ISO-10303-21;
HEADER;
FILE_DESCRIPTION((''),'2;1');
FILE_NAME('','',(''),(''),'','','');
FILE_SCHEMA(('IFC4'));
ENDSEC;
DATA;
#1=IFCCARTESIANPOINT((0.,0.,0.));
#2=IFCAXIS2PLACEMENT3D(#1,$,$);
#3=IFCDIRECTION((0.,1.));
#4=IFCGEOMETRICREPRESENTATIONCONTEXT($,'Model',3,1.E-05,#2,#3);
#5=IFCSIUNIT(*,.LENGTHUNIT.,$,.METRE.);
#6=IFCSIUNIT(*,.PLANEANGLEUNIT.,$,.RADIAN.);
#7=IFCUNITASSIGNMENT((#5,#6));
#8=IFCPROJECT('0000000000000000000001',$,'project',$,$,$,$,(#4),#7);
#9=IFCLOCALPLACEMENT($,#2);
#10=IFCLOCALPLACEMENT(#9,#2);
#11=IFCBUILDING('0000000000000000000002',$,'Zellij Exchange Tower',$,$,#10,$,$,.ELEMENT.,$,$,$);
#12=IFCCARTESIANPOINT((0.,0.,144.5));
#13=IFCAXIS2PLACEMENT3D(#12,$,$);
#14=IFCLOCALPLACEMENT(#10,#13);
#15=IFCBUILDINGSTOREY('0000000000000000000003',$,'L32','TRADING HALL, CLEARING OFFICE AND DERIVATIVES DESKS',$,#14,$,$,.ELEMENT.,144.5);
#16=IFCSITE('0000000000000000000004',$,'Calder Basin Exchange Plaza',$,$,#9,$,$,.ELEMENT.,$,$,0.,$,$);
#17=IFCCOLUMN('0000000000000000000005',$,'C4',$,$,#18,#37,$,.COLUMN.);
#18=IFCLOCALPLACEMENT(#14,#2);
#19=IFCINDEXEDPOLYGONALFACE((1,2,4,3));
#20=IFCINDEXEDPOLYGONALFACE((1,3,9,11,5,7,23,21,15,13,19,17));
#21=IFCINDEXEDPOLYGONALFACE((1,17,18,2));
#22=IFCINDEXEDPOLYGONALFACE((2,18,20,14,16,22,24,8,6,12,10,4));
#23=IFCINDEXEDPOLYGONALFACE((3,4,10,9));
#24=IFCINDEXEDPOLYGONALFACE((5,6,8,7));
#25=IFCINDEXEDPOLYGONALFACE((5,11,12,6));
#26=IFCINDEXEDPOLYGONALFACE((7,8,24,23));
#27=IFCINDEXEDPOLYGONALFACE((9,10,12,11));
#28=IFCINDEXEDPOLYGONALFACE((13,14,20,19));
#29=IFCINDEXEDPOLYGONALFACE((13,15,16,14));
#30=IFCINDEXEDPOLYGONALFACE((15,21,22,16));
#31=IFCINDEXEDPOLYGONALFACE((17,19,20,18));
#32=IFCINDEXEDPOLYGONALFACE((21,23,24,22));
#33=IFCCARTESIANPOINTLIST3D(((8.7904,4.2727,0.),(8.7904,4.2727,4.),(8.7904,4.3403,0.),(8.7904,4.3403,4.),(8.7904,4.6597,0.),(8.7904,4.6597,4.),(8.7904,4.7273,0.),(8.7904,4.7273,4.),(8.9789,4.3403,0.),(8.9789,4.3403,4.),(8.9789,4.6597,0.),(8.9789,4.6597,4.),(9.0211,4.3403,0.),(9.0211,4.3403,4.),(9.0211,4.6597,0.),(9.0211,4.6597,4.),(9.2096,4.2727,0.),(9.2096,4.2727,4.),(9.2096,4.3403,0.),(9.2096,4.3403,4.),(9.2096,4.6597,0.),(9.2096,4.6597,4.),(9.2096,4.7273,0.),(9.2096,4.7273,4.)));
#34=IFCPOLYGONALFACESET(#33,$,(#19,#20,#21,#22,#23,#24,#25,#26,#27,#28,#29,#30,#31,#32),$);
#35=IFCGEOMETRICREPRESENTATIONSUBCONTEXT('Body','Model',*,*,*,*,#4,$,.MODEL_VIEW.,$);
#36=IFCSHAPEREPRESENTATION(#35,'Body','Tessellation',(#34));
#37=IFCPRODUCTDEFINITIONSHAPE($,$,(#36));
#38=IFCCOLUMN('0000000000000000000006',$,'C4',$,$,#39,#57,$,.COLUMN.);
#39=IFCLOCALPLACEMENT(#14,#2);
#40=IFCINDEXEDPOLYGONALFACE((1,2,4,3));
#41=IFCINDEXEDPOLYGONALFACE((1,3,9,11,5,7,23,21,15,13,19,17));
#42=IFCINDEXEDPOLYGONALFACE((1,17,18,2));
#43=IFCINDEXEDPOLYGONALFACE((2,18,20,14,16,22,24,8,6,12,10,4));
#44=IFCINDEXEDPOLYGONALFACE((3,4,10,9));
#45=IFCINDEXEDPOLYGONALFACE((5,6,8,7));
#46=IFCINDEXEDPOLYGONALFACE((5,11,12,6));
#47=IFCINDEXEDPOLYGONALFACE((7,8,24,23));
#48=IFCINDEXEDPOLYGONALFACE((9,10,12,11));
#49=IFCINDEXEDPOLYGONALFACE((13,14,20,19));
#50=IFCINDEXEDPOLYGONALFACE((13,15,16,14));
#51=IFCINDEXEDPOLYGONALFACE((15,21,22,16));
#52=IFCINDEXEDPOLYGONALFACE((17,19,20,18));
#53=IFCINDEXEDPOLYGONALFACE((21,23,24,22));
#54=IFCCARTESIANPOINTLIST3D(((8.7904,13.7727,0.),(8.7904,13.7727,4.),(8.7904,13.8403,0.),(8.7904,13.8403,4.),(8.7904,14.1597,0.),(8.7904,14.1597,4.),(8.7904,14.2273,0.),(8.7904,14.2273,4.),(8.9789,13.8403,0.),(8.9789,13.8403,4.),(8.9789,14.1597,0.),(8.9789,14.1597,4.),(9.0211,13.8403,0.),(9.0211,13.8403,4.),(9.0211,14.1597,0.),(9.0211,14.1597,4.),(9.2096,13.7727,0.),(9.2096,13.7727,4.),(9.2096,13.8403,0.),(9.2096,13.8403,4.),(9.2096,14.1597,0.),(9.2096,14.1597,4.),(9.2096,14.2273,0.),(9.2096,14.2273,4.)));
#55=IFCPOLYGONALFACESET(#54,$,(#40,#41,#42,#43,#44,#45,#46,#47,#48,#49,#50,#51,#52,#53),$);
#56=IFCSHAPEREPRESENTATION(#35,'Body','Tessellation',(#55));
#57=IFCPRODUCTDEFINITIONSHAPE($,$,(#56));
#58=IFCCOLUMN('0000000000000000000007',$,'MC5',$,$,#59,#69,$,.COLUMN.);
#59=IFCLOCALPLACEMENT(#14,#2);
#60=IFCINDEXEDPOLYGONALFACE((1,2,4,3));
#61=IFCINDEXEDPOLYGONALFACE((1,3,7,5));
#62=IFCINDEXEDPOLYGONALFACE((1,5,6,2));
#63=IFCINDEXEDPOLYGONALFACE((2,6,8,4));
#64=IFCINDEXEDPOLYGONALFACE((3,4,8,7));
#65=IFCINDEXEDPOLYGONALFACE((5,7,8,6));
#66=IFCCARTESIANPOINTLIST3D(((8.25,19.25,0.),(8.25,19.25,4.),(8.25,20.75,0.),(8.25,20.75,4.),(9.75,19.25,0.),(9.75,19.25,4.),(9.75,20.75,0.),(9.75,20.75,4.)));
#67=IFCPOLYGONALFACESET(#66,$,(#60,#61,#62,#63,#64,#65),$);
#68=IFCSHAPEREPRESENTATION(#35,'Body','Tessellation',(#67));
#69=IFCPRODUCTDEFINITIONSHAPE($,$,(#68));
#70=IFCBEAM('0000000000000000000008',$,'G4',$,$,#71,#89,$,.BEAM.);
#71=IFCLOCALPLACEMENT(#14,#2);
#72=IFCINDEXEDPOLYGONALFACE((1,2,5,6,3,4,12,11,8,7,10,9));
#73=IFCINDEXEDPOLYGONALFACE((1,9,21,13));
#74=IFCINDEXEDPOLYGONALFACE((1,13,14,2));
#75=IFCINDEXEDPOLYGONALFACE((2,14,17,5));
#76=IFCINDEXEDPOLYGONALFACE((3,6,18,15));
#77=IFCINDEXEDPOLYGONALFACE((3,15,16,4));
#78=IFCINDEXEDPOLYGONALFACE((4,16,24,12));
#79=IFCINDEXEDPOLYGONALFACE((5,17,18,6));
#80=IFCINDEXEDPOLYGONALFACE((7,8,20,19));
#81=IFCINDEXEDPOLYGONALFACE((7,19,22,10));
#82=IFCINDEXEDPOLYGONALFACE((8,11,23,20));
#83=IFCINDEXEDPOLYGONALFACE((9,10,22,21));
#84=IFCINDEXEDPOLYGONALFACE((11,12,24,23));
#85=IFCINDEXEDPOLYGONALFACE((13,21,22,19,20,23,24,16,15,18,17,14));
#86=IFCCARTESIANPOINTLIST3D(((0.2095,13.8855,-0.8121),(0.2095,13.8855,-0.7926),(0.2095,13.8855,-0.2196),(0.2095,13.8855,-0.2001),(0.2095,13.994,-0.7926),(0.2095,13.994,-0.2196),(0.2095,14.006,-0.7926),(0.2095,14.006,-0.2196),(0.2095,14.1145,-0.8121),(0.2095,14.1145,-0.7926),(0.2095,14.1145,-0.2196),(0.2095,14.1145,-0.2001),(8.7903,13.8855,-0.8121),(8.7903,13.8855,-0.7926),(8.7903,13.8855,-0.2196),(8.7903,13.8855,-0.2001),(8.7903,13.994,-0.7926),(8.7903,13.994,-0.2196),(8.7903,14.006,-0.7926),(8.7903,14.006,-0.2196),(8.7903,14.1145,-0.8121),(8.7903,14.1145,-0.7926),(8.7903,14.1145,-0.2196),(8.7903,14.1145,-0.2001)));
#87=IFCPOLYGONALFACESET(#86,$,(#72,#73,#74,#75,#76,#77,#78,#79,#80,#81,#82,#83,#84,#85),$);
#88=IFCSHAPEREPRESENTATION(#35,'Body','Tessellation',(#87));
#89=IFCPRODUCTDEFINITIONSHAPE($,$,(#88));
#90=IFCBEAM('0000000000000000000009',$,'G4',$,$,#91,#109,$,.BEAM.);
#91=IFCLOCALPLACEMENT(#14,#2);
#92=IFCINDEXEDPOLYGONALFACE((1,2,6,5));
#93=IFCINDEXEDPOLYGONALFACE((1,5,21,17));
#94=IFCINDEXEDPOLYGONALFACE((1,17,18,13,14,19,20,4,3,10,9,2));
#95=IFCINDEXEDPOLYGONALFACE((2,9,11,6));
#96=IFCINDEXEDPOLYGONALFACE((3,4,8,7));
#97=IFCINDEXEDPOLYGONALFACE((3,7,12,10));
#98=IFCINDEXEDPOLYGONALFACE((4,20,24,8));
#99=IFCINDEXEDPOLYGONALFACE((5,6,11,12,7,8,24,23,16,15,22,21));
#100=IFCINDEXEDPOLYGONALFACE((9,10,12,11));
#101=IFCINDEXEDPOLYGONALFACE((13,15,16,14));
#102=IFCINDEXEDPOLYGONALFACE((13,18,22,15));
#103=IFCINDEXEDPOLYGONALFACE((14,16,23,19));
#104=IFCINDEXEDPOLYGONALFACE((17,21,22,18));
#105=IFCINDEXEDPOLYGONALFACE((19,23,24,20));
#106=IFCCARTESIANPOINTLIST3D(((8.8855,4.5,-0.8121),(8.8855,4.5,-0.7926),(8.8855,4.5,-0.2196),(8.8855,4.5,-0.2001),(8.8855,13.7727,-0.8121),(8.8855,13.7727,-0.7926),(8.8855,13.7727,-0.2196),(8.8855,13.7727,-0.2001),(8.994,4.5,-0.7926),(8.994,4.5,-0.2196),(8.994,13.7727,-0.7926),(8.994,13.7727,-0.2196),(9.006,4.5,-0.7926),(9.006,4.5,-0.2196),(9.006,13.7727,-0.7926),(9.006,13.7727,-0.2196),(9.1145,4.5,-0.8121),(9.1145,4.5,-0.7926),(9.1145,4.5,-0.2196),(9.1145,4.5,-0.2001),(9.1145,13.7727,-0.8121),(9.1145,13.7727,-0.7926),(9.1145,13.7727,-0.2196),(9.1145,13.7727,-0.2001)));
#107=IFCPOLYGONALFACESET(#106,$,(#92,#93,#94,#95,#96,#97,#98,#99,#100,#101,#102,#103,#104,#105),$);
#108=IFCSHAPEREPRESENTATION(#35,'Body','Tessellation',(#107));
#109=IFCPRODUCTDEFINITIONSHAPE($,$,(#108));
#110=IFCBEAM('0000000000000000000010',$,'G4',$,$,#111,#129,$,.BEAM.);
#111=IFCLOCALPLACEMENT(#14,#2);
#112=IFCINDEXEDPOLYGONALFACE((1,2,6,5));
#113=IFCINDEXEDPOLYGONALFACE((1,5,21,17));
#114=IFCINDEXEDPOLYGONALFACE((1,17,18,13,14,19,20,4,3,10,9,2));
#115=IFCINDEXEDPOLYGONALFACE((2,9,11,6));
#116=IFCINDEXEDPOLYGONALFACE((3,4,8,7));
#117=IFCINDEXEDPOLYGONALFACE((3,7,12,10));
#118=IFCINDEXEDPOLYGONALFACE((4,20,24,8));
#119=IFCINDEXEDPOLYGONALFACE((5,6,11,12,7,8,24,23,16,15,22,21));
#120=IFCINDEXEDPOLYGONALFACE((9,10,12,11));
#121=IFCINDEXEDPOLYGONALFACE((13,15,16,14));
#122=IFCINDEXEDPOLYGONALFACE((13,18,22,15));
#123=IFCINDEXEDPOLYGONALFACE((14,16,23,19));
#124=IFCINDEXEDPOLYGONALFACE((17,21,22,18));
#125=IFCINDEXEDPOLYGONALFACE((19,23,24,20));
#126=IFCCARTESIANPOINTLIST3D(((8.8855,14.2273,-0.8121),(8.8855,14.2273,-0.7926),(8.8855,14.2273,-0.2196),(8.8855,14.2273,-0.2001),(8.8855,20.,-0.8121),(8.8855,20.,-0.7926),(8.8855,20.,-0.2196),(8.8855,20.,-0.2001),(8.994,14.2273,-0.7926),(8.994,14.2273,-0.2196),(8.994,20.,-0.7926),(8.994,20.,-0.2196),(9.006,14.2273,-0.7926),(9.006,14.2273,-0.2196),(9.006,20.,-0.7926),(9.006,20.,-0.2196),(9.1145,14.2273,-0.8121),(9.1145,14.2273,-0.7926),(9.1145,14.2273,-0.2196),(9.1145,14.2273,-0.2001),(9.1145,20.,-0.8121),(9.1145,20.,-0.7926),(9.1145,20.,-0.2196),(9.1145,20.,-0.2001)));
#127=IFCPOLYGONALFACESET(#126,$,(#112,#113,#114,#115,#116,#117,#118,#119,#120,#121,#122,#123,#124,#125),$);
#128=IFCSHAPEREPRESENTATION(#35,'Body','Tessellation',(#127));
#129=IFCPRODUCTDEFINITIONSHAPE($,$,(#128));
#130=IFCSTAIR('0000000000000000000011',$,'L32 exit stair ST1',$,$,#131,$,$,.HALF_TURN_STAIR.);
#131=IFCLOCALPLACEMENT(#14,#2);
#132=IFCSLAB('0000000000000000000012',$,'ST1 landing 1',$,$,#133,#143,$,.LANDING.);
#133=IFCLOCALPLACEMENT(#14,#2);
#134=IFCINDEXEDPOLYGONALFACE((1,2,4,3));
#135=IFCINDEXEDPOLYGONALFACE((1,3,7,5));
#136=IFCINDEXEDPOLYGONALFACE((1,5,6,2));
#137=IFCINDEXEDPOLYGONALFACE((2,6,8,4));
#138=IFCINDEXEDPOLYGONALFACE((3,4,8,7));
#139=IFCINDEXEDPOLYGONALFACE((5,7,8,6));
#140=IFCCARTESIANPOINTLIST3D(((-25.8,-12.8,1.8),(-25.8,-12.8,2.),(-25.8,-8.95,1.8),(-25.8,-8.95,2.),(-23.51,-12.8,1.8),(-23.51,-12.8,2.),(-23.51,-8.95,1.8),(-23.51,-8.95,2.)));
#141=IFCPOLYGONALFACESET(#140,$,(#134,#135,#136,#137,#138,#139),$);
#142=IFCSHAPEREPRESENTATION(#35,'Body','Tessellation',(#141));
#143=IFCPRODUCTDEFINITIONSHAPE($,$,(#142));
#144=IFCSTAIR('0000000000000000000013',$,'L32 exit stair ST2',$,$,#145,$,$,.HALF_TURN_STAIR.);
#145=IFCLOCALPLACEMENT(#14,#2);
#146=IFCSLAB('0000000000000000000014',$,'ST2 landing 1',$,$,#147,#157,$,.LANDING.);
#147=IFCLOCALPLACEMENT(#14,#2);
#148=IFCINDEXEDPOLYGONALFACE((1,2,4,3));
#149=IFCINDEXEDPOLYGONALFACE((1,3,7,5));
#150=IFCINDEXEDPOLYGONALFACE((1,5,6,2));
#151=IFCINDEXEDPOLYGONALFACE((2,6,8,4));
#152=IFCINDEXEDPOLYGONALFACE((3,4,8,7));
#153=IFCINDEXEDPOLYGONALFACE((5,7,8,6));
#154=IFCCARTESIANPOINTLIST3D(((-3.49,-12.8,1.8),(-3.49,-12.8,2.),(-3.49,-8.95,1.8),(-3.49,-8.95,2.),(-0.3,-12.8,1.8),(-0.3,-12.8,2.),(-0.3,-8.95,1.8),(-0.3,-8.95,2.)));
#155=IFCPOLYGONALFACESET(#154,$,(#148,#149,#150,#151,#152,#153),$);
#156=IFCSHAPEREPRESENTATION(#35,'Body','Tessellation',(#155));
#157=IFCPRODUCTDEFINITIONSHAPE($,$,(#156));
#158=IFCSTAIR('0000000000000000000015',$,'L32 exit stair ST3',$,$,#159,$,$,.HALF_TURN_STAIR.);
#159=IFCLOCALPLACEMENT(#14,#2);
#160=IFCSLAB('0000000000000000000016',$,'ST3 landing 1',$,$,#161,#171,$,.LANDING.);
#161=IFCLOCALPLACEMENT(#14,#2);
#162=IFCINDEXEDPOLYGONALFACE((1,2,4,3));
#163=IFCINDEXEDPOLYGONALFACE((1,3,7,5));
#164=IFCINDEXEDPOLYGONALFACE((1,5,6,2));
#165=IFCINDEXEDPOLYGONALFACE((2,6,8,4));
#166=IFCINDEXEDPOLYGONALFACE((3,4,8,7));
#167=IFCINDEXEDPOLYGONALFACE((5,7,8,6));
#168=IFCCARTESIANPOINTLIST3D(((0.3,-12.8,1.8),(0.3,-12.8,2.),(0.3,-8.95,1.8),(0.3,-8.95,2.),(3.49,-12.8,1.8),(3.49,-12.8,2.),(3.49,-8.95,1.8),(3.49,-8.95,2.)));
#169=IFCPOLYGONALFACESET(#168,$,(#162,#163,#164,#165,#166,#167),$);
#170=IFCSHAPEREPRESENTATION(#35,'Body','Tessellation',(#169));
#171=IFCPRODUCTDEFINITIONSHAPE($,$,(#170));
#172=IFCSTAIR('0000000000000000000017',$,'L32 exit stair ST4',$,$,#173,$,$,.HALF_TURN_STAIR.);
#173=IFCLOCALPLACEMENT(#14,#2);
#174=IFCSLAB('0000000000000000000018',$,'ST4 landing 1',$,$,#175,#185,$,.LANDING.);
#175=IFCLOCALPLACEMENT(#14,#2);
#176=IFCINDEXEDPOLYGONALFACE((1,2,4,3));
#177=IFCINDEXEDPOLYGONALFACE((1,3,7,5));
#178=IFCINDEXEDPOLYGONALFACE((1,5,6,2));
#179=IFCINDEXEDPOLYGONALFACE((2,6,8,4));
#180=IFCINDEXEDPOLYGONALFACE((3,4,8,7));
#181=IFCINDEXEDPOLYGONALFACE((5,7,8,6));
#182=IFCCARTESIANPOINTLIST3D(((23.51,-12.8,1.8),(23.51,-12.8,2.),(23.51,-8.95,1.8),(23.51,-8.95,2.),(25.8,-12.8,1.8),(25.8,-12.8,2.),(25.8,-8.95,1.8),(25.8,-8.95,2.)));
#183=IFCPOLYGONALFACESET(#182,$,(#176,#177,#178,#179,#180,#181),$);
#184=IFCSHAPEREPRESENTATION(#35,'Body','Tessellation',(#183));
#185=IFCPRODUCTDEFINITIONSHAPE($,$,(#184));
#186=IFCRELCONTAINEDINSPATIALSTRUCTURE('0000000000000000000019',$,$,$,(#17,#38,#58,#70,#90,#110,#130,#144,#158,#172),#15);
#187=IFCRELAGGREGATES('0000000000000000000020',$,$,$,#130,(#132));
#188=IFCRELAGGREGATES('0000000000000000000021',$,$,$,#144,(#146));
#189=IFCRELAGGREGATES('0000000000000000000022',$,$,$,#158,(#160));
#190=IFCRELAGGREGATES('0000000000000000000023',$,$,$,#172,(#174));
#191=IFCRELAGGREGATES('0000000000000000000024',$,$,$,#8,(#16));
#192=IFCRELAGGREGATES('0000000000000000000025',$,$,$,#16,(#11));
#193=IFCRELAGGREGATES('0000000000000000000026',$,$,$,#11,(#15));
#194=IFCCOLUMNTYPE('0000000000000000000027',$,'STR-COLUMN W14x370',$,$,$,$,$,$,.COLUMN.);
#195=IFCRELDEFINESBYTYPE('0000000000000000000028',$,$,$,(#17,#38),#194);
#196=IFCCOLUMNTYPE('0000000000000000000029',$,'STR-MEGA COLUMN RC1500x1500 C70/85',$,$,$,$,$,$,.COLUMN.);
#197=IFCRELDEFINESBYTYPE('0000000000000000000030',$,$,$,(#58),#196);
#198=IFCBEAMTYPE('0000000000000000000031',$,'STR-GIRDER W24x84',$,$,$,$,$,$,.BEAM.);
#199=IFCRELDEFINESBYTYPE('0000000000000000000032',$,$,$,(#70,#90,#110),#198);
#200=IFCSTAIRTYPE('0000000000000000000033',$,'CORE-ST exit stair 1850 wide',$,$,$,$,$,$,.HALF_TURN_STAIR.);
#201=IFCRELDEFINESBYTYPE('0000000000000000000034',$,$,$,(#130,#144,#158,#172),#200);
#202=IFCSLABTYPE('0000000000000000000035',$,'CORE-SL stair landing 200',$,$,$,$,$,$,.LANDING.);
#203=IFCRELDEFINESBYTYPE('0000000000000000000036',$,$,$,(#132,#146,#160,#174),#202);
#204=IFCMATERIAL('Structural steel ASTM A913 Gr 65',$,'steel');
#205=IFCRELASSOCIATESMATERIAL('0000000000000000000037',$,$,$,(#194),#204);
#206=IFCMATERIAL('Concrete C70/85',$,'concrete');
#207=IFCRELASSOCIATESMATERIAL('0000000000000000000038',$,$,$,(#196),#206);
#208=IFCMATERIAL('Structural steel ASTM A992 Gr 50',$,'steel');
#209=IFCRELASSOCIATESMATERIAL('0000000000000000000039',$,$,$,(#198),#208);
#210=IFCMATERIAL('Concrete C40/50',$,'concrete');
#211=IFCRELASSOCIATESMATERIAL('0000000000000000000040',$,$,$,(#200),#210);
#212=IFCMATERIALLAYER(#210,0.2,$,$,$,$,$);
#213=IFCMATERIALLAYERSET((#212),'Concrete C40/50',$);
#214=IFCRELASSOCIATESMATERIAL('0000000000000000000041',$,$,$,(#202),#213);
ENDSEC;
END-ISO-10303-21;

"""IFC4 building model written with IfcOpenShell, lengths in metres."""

from ifc_helpers import new_model, si_unit, direction, frame, origin, origin_2d, place, context, subcontext, project, spatial, polyline, rectangle, i_section, outline, extrude, material, layer, layer_set, material_profile, profile_set, type_object, element, aggregate, save


model = new_model("IFC4")

# Units and contexts
model_context = context("Model", 3, precision=1e-05, world=origin(), true_north=direction((0.0, 1.0)))
body_context = subcontext(model_context, "Body", "Model", "MODEL_VIEW")
ifc_project = project(units=[si_unit("LENGTHUNIT", "METRE"), si_unit("PLANEANGLEUNIT", "RADIAN")], contexts=[model_context])

# Site, building, storey
site_placement = place(None, origin())
site = spatial("IfcSite", under=ifc_project, at=site_placement, Name="Calder Basin Exchange Plaza", CompositionType="ELEMENT", RefElevation=0.0)
building_placement = place(site_placement, origin())
building = spatial("IfcBuilding", under=site, at=building_placement, Name="Zellij Exchange Tower", CompositionType="ELEMENT")
storey_placement = place(building_placement, frame((0.0, 0.0, 144.5)))
storey = spatial("IfcBuildingStorey", under=building, at=storey_placement, Name="L32", Description="TRADING HALL, CLEARING OFFICE AND DERIVATIVES DESKS", CompositionType="ELEMENT", Elevation=144.5)

# Columns
ifc_material_1 = material(Name="Structural steel ASTM A913 Gr 65", Category="steel")
ifc_material_profile_1 = material_profile(ifc_material_1, i_section(OverallWidth=0.4192, OverallDepth=0.4546, WebThickness=0.0422, FlangeThickness=0.0676, at=origin_2d()), Name="W14x370")
ifc_profile_set_1 = profile_set([ifc_material_profile_1], Name="Structural steel ASTM A913 Gr 65")
column_type_1 = type_object("IfcColumnType", Name="STR-COLUMN W14x370", PredefinedType="COLUMN", material=ifc_profile_set_1)
for number, where, z_axis, x_axis, name in (
    (1, (9.0, 4.5, 0.0), (0.0, 0.0, 1.0), (1.0, 0.0, 0.0), "C4"),
    (2, (9.0, 14.0, 0.0), (0.0, 0.0, 1.0), (1.0, 0.0, 0.0), "C4"),
):
    element("IfcColumn", number, at=place(storey_placement, frame(where, z_axis=z_axis, x_axis=x_axis)), inside=storey, type_object=column_type_1, Name=name, PredefinedType="COLUMN", context=body_context, shape_type="SweptSolid", body=[
        extrude(i_section(OverallWidth=0.4192, OverallDepth=0.4546, WebThickness=0.0422, FlangeThickness=0.0676, at=origin_2d()), origin(), (0.0, 0.0, 1.0), 4.0),
    ])
ifc_material_2 = material(Name="Concrete C70/85", Category="concrete")
ifc_material_profile_2 = material_profile(ifc_material_2, rectangle(XDim=1.5, YDim=1.5, at=origin_2d()), Name="STR-MEGA COLUMN RC1500x1500 C70/85")
ifc_profile_set_2 = profile_set([ifc_material_profile_2], Name="Concrete C70/85")
column_type_2 = type_object("IfcColumnType", Name="STR-MEGA COLUMN RC1500x1500 C70/85", PredefinedType="COLUMN", material=ifc_profile_set_2)
column_placement = place(storey_placement, frame((9.0, 20.0, 0.0), z_axis=(0.0, 0.0, 1.0), x_axis=(1.0, 0.0, 0.0)))
element("IfcColumn", 3, at=column_placement, inside=storey, type_object=column_type_2, Name="MC5", PredefinedType="COLUMN", context=body_context, shape_type="SweptSolid", body=[
    extrude(rectangle(XDim=1.5, YDim=1.5, at=origin_2d()), origin(), (0.0, 0.0, 1.0), 4.0),
])

# Beams
ifc_material_3 = material(Name="Structural steel ASTM A992 Gr 50", Category="steel")
ifc_material_profile_3 = material_profile(ifc_material_3, i_section(OverallWidth=0.229, OverallDepth=0.6121, WebThickness=0.012, FlangeThickness=0.0195, at=origin_2d()), Name="W24x84")
ifc_profile_set_3 = profile_set([ifc_material_profile_3], Name="Structural steel ASTM A992 Gr 50")
beam_type = type_object("IfcBeamType", Name="STR-GIRDER W24x84", PredefinedType="BEAM", material=ifc_profile_set_3)
beam_1_placement = place(storey_placement, frame((0.2095, 14.0, -0.5061), z_axis=(1.0, 0.0, 0.0), x_axis=(0.0, 1.0, 0.0)))
element("IfcBeam", 4, at=beam_1_placement, inside=storey, type_object=beam_type, Name="G4", PredefinedType="BEAM", context=body_context, shape_type="SweptSolid", body=[
    extrude(i_section(OverallWidth=0.229, OverallDepth=0.6121, WebThickness=0.012, FlangeThickness=0.0195, at=origin_2d()), origin(), (0.0, 0.0, 1.0), 8.5808),
])
beam_2_placement = place(storey_placement, frame((9.0, 4.5, -0.5061), z_axis=(0.0, 1.0, 0.0), x_axis=(-1.0, 0.0, 0.0)))
element("IfcBeam", 5, at=beam_2_placement, inside=storey, type_object=beam_type, Name="G4", PredefinedType="BEAM", context=body_context, shape_type="SweptSolid", body=[
    extrude(i_section(OverallWidth=0.229, OverallDepth=0.6121, WebThickness=0.012, FlangeThickness=0.0195, at=origin_2d()), origin(), (0.0, 0.0, 1.0), 9.2727),
])
beam_3_placement = place(storey_placement, frame((9.0, 14.2273, -0.5061), z_axis=(0.0, 1.0, 0.0), x_axis=(-1.0, 0.0, 0.0)))
element("IfcBeam", 6, at=beam_3_placement, inside=storey, type_object=beam_type, Name="G4", PredefinedType="BEAM", context=body_context, shape_type="SweptSolid", body=[
    extrude(i_section(OverallWidth=0.229, OverallDepth=0.6121, WebThickness=0.012, FlangeThickness=0.0195, at=origin_2d()), origin(), (0.0, 0.0, 1.0), 5.7727),
])

# Stairs, slabs
ifc_material_4 = material(Name="Concrete C40/50", Category="concrete")
stair_type = type_object("IfcStairType", Name="CORE-ST exit stair 1850 wide", PredefinedType="HALF_TURN_STAIR", material=ifc_material_4)
stair_1_placement = place(storey_placement, origin())
stair_1 = element("IfcStair", 7, at=stair_1_placement, inside=storey, type_object=stair_type, Name="L32 exit stair ST1", PredefinedType="HALF_TURN_STAIR")
ifc_layer_1 = layer(ifc_material_4, 0.2)
ifc_layer_set_1 = layer_set([ifc_layer_1], Name="Concrete C40/50")
slab_type_1 = type_object("IfcSlabType", Name="CORE-SL stair landing 200", PredefinedType="LANDING", material=ifc_layer_set_1)
slab_1_placement = place(storey_placement, frame((0.0, 0.0, 1.8)))
slab_1 = element("IfcSlab", 8, at=slab_1_placement, type_object=slab_type_1, Name="ST1 landing 1", PredefinedType="LANDING", context=body_context, shape_type="SweptSolid", body=[
    extrude(outline(polyline([(-23.51, -8.95), (-25.8, -8.95), (-25.8, -12.8), (-23.51, -12.8), (-23.51, -8.95)])), origin(), (0.0, 0.0, 1.0), 0.2),
])
aggregate(stair_1, [slab_1])
stair_2_placement = place(storey_placement, origin())
stair_2 = element("IfcStair", 9, at=stair_2_placement, inside=storey, type_object=stair_type, Name="L32 exit stair ST2", PredefinedType="HALF_TURN_STAIR")
slab_2_placement = place(storey_placement, frame((0.0, 0.0, 1.8)))
slab_2 = element("IfcSlab", 10, at=slab_2_placement, type_object=slab_type_1, Name="ST2 landing 1", PredefinedType="LANDING", context=body_context, shape_type="SweptSolid", body=[
    extrude(outline(polyline([(-3.49, -12.8), (-0.3, -12.8), (-0.3, -8.95), (-3.49, -8.95), (-3.49, -12.8)])), origin(), (0.0, 0.0, 1.0), 0.2),
])
aggregate(stair_2, [slab_2])
stair_3_placement = place(storey_placement, origin())
stair_3 = element("IfcStair", 11, at=stair_3_placement, inside=storey, type_object=stair_type, Name="L32 exit stair ST3", PredefinedType="HALF_TURN_STAIR")
slab_3_placement = place(storey_placement, frame((0.0, 0.0, 1.8)))
slab_3 = element("IfcSlab", 12, at=slab_3_placement, type_object=slab_type_1, Name="ST3 landing 1", PredefinedType="LANDING", context=body_context, shape_type="SweptSolid", body=[
    extrude(outline(polyline([(3.49, -8.95), (0.3, -8.95), (0.3, -12.8), (3.49, -12.8), (3.49, -8.95)])), origin(), (0.0, 0.0, 1.0), 0.2),
])
aggregate(stair_3, [slab_3])
stair_4_placement = place(storey_placement, origin())
stair_4 = element("IfcStair", 13, at=stair_4_placement, inside=storey, type_object=stair_type, Name="L32 exit stair ST4", PredefinedType="HALF_TURN_STAIR")
slab_4_placement = place(storey_placement, frame((0.0, 0.0, 1.8)))
slab_4 = element("IfcSlab", 14, at=slab_4_placement, type_object=slab_type_1, Name="ST4 landing 1", PredefinedType="LANDING", context=body_context, shape_type="SweptSolid", body=[
    extrude(outline(polyline([(23.51, -12.8), (25.8, -12.8), (25.8, -8.95), (23.51, -8.95), (23.51, -12.8)])), origin(), (0.0, 0.0, 1.0), 0.2),
])
aggregate(stair_4, [slab_4])

save(model, "model.ifc")
